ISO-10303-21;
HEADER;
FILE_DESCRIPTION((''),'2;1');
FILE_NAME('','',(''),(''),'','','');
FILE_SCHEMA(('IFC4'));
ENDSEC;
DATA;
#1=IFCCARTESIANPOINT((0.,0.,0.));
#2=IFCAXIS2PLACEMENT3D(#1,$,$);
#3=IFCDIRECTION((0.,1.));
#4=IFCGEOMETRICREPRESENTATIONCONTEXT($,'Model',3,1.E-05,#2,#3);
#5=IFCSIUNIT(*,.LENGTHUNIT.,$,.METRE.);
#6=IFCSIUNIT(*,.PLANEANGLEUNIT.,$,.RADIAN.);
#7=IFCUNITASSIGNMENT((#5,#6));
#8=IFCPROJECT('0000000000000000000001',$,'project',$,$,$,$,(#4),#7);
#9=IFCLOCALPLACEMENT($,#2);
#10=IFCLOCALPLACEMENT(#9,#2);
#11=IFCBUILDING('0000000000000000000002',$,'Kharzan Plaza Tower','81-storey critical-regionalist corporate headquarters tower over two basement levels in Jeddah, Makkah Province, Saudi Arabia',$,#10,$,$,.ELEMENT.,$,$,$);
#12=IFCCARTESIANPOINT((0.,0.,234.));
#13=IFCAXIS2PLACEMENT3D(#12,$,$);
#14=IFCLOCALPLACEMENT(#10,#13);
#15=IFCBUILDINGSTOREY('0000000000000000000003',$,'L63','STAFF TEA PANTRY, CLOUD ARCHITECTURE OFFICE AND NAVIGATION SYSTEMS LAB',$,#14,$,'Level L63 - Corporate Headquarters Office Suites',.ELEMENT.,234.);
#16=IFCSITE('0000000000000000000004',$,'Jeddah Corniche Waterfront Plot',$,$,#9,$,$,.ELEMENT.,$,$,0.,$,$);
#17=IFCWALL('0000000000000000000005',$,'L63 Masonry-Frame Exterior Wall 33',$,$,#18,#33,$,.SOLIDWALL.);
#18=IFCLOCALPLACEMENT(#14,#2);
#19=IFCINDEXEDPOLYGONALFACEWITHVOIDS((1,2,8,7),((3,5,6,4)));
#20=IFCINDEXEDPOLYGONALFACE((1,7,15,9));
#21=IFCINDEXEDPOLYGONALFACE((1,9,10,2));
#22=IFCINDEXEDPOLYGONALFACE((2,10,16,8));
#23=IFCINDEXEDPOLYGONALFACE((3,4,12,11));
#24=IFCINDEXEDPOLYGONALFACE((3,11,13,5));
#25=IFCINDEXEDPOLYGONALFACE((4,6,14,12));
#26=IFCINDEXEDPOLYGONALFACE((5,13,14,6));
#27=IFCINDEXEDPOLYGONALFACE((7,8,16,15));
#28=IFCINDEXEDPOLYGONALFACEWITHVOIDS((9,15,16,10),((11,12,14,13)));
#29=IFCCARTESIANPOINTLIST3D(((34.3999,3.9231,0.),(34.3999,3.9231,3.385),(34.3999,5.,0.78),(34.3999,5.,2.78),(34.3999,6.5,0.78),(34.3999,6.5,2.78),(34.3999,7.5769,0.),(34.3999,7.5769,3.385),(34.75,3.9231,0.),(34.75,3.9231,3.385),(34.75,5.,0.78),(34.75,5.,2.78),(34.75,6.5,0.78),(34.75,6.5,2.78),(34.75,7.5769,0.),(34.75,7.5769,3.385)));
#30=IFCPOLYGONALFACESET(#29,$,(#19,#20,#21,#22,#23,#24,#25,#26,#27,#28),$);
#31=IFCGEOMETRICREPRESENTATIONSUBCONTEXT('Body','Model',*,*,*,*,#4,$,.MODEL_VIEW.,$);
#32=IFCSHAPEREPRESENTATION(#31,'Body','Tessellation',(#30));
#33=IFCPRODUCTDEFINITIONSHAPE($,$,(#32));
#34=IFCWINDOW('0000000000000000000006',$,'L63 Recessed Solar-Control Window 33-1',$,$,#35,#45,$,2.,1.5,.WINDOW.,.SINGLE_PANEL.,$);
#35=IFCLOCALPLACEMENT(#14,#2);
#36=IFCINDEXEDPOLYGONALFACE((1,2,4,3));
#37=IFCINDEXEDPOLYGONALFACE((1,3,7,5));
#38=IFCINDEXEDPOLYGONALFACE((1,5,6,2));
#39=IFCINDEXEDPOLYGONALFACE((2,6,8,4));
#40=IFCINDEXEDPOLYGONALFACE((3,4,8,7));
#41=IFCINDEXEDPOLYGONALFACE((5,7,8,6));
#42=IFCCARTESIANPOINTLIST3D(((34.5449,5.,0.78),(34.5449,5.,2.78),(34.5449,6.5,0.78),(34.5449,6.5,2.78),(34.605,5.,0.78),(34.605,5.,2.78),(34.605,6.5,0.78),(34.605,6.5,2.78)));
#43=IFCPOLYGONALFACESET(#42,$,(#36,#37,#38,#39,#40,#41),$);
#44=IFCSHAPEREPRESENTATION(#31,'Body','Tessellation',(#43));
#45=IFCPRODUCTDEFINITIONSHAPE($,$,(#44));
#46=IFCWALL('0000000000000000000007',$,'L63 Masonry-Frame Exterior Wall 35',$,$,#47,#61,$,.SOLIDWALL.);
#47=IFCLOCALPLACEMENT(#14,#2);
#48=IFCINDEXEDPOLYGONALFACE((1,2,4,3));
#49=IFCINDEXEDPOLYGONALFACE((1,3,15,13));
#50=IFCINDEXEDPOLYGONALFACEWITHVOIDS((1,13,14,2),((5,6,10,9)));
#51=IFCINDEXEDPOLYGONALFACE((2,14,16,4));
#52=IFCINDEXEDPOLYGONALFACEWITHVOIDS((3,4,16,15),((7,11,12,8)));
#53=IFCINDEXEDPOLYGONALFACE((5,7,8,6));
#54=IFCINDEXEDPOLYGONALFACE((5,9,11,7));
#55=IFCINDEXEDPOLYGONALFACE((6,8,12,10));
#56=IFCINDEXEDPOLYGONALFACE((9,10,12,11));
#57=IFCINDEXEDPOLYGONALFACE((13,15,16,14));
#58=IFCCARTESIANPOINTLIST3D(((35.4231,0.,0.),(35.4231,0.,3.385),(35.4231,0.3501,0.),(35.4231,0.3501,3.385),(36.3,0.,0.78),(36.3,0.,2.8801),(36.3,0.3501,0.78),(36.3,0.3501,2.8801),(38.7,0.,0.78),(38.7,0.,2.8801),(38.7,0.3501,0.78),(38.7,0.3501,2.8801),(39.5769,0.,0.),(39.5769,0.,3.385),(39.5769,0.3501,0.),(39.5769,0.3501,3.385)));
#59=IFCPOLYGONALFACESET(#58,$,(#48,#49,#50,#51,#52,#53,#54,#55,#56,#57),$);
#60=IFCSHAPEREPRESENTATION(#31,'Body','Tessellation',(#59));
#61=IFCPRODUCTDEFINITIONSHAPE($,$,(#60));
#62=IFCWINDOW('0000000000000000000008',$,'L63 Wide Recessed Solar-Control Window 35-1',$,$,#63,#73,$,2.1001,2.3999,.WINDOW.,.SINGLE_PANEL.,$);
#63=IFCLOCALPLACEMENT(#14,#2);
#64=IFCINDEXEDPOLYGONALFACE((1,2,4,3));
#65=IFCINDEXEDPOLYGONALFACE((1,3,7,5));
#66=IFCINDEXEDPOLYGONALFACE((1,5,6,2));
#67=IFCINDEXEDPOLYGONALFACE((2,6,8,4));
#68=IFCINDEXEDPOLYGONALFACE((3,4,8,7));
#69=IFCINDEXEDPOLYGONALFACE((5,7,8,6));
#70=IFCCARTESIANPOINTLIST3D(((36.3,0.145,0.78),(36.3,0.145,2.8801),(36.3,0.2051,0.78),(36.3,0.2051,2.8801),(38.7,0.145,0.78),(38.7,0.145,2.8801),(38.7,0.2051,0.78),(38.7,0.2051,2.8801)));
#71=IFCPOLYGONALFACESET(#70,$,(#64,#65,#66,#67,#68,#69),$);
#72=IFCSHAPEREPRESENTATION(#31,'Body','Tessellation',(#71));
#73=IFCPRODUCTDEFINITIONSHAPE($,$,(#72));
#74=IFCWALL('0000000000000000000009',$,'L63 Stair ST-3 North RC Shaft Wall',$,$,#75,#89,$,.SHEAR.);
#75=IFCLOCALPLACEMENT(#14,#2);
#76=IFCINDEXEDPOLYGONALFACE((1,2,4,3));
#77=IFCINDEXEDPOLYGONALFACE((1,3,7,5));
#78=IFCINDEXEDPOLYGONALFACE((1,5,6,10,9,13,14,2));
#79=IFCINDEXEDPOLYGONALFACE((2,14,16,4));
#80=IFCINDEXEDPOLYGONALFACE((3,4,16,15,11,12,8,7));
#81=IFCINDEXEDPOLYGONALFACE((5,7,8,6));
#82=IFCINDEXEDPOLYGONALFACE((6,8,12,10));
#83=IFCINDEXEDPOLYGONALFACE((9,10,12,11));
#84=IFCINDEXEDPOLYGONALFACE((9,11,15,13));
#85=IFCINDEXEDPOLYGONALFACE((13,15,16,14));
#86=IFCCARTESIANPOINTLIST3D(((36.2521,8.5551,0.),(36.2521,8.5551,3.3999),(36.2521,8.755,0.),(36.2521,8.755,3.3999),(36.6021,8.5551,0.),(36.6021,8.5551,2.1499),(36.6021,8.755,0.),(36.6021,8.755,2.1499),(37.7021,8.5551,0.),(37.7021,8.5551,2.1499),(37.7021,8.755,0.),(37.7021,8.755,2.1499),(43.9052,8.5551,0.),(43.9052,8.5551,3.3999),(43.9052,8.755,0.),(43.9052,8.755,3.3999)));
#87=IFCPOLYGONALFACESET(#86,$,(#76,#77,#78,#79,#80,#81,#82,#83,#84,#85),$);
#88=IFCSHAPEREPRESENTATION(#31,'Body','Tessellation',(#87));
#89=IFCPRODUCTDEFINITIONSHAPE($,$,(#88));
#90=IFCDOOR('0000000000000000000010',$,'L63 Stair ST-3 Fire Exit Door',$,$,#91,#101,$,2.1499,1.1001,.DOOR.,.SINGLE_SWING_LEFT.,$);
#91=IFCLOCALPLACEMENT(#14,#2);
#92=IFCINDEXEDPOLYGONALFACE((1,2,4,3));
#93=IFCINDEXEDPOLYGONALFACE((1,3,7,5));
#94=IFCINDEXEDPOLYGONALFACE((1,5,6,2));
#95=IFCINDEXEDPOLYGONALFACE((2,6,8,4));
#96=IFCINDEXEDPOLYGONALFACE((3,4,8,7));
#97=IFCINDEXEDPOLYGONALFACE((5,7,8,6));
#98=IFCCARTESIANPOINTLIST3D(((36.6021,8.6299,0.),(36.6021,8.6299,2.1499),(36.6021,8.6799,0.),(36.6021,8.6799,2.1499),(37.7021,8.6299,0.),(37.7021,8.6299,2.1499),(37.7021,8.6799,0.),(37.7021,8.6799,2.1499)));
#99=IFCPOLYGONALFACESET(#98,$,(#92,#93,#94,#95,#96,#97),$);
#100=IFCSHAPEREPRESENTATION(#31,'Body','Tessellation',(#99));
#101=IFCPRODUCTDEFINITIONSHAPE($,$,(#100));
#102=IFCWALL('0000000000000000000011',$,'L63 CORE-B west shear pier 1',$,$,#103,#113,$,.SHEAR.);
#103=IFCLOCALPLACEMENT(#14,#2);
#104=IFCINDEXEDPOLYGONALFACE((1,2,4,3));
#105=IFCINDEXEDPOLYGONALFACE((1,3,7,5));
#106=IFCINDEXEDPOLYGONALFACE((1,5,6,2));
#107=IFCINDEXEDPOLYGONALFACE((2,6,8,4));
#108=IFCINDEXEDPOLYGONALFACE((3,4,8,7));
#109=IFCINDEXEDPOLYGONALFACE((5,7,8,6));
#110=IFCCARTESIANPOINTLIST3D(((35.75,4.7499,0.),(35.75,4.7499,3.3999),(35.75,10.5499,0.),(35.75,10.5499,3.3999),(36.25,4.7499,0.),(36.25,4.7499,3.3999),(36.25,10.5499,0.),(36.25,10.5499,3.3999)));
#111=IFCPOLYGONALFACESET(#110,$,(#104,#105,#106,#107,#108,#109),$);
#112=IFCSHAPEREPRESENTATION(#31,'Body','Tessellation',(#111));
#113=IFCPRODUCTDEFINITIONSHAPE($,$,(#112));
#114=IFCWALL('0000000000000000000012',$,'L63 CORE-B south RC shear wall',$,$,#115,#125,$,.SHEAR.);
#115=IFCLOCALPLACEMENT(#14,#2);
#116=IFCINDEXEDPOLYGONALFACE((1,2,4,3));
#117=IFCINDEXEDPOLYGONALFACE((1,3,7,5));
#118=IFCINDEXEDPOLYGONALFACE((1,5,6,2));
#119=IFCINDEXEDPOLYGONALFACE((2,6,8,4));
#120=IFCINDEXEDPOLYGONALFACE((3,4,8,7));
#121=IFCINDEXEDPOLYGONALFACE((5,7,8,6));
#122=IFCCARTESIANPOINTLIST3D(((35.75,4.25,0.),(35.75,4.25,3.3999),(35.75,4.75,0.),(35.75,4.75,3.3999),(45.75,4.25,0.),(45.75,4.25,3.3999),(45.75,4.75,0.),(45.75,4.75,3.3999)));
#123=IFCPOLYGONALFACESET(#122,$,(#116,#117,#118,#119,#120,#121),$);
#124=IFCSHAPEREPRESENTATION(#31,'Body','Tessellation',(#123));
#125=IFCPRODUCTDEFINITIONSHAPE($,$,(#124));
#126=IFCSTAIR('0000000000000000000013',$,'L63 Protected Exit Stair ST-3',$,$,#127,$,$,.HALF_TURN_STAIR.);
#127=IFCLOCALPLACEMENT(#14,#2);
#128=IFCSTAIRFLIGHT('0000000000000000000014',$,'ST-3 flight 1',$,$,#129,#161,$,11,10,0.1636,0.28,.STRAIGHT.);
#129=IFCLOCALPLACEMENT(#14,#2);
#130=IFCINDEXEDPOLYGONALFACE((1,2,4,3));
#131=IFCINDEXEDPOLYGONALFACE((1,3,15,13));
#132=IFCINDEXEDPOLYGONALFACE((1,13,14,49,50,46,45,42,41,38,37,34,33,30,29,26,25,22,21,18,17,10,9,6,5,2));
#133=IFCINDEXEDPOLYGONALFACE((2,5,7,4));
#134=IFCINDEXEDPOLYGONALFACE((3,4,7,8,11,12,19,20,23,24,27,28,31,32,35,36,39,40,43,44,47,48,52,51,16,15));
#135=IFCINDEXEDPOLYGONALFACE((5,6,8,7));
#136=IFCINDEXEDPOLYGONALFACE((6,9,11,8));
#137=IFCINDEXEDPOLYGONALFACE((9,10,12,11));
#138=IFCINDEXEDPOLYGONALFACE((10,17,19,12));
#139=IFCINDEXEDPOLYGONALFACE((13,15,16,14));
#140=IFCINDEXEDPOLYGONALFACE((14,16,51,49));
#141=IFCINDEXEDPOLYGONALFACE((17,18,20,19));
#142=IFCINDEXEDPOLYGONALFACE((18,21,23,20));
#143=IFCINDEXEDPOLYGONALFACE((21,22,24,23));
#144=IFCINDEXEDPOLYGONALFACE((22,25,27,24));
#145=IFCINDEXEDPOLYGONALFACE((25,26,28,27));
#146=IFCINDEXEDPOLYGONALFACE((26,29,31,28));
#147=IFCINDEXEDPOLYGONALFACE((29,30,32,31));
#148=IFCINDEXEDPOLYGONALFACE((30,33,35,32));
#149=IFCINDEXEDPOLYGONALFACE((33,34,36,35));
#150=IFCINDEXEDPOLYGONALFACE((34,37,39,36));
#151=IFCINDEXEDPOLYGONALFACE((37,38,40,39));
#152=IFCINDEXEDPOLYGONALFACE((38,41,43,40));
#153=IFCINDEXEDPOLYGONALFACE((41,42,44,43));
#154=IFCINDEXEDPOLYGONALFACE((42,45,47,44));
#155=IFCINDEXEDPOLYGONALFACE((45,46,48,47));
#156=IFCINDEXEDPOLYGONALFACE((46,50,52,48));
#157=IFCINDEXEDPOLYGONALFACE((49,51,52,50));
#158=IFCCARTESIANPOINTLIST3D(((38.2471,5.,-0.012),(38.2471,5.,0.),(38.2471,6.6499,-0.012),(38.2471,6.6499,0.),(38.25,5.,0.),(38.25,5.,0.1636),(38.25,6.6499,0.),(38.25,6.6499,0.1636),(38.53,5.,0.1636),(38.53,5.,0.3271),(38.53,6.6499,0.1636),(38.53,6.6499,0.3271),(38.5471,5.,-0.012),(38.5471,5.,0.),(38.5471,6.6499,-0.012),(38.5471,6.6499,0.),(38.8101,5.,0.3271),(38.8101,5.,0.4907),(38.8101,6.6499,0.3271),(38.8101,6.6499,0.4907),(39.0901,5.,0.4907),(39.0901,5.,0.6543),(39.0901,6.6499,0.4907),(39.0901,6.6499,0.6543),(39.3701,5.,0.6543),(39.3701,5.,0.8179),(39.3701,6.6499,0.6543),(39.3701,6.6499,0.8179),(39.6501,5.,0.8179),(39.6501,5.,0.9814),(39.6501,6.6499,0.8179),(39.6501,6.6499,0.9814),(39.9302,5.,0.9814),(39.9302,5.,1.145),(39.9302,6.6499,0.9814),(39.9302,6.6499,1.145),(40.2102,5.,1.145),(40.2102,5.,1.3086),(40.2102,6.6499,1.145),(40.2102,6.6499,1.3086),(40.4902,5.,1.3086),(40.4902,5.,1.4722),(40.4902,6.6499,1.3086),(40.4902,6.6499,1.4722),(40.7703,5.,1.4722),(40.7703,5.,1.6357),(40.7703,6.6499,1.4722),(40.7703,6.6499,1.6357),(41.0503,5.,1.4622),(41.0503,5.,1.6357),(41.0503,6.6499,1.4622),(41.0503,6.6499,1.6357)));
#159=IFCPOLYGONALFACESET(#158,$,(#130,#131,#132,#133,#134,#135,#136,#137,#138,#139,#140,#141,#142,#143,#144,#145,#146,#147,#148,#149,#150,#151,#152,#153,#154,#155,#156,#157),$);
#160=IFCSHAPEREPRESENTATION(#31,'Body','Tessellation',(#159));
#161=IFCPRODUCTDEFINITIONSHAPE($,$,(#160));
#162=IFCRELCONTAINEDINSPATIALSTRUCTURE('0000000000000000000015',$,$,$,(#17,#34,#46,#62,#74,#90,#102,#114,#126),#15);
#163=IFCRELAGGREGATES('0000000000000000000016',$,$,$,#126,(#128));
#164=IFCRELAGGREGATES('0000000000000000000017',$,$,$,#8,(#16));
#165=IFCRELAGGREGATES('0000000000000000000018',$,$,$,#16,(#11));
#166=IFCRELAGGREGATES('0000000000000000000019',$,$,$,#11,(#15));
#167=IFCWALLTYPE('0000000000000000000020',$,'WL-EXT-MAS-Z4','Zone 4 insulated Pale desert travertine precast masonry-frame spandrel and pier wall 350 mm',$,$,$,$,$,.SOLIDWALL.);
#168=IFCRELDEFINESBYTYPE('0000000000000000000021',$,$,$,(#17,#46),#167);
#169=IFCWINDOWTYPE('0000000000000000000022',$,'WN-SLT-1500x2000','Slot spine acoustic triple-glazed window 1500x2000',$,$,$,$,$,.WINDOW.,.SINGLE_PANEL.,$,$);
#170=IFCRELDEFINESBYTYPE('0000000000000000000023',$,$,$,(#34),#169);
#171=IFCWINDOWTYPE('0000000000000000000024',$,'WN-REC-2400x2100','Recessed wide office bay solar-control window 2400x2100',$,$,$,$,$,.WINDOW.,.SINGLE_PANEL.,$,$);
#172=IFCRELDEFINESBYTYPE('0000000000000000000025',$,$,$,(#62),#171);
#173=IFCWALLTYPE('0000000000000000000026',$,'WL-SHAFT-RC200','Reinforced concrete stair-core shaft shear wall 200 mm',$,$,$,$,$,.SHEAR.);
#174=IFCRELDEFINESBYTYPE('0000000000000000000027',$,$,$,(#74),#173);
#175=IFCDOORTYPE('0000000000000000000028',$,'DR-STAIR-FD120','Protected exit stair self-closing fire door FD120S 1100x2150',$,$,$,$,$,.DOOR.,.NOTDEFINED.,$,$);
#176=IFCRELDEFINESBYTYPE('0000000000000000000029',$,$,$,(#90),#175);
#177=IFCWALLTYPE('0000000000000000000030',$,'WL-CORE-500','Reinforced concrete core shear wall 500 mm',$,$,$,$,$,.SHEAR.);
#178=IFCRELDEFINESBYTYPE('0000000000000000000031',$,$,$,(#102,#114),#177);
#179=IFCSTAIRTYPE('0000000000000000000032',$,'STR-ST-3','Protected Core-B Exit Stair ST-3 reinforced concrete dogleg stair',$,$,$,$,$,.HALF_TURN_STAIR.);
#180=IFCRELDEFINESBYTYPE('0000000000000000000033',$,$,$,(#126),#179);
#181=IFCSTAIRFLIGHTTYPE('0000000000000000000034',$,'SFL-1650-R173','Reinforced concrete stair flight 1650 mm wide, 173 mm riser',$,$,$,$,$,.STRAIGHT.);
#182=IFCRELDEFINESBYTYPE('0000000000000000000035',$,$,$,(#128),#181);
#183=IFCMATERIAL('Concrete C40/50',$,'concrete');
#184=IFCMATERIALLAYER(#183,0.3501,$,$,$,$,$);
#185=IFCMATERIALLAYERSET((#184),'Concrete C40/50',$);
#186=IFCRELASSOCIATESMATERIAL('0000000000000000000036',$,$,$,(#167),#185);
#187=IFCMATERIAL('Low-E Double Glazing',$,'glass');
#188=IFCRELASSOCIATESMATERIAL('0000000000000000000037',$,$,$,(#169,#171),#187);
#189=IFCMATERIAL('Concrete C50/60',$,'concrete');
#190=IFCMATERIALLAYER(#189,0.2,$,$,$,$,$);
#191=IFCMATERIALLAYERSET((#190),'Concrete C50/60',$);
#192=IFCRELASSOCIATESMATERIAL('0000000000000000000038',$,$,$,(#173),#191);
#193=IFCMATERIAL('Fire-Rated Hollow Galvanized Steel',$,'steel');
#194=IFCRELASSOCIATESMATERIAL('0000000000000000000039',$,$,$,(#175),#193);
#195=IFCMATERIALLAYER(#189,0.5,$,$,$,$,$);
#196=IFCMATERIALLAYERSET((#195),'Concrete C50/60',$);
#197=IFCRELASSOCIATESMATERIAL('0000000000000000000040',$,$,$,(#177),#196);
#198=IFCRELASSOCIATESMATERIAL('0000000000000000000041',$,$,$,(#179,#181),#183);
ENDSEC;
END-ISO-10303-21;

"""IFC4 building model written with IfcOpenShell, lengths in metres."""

from ifc_helpers import new_model, si_unit, direction, frame, frame_2d, origin, place, context, subcontext, project, spatial, polyline, rectangle, outline, extrude, source, transform, mapped, material, layer, layer_set, type_object, element, fill, aggregate, save


model = new_model("IFC4")

# Units and contexts
model_context = context("Model", 3, precision=1e-05, world=origin(), true_north=direction((0.0, 1.0)))
body_context = subcontext(model_context, "Body", "Model", "MODEL_VIEW")
ifc_project = project(units=[si_unit("LENGTHUNIT", "METRE"), si_unit("PLANEANGLEUNIT", "RADIAN")], contexts=[model_context])

# Site, building, storey
site_placement = place(None, origin())
site = spatial("IfcSite", under=ifc_project, at=site_placement, Name="Jeddah Corniche Waterfront Plot", CompositionType="ELEMENT", RefElevation=0.0)
building_placement = place(site_placement, origin())
building = spatial("IfcBuilding", under=site, at=building_placement, Name="Kharzan Plaza Tower", Description="81-storey critical-regionalist corporate headquarters tower over two basement levels in Jeddah, Makkah Province, Saudi Arabia", CompositionType="ELEMENT")
storey_placement = place(building_placement, frame((0.0, 0.0, 234.0)))
storey = spatial("IfcBuildingStorey", under=building, at=storey_placement, Name="L63", Description="STAFF TEA PANTRY, CLOUD ARCHITECTURE OFFICE AND NAVIGATION SYSTEMS LAB", LongName="Level L63 - Corporate Headquarters Office Suites", CompositionType="ELEMENT", Elevation=234.0)

# Shared definitions
ifc_material_1 = material(Name="Concrete C50/60", Category="concrete")

# Walls, openings, windows
ifc_material_2 = material(Name="Concrete C40/50", Category="concrete")
ifc_layer_1 = layer(ifc_material_2, 0.3501)
ifc_layer_set_1 = layer_set([ifc_layer_1], Name="Concrete C40/50")
wall_type_1 = type_object("IfcWallType", Name="WL-EXT-MAS-Z4", Description="Zone 4 insulated Pale desert travertine precast masonry-frame spandrel and pier wall 350 mm", PredefinedType="SOLIDWALL", material=ifc_layer_set_1)
wall_1_placement = place(storey_placement, frame((34.575, 7.5769, 0.0), z_axis=(0.0, 0.0, 1.0), x_axis=(0.0, -1.0, 0.0)))
wall_1 = element("IfcWall", 1, at=wall_1_placement, inside=storey, type_object=wall_type_1, Name="L63 Masonry-Frame Exterior Wall 33", PredefinedType="SOLIDWALL", context=body_context, shape_type="SweptSolid", body=[
    extrude(rectangle(XDim=3.6538, YDim=0.3501, at=frame_2d((1.8269, 0.0))), origin(), (0.0, 0.0, 1.0), 3.385),
])
opening_1_placement = place(wall_1_placement, frame((1.0769, 0.0, 0.78)))
opening_1 = element("IfcOpeningElement", 2, at=opening_1_placement, cuts=wall_1, PredefinedType="OPENING", context=body_context, shape_type="SweptSolid", body=[
    extrude(rectangle(XDim=1.5, YDim=2.0, at=frame_2d((0.75, 1.0))), frame((0.0, 0.1851, 0.0), z_axis=(0.0, -1.0, 0.0), x_axis=(1.0, 0.0, 0.0)), (0.0, 0.0, 1.0), 0.3701),
])
ifc_material_3 = material(Name="Low-E Double Glazing", Category="glass")
window_type_1 = type_object("IfcWindowType", Name="WN-SLT-1500x2000", Description="Slot spine acoustic triple-glazed window 1500x2000", PartitioningType="SINGLE_PANEL", PredefinedType="WINDOW", material=ifc_material_3)
shared_shape_1 = source(origin(), body_context, "Body", "SweptSolid", [
    extrude(rectangle(XDim=1.5, YDim=2.0, at=frame_2d((0.75, 1.0))), frame((0.0, 0.03, 0.0), z_axis=(0.0, -1.0, 0.0), x_axis=(1.0, 0.0, 0.0)), (0.0, 0.0, 1.0), 0.0601),
])
window_1_placement = place(opening_1_placement, origin())
window_1 = element("IfcWindow", 3, at=window_1_placement, inside=storey, type_object=window_type_1, Name="L63 Recessed Solar-Control Window 33-1", OverallHeight=2.0, OverallWidth=1.5, PartitioningType="SINGLE_PANEL", PredefinedType="WINDOW", context=body_context, shape_type="MappedRepresentation", body=[
    mapped(shared_shape_1, transform((0.0, 0.0, 0.0), x_axis=(1.0, 0.0, 0.0), y_axis=(0.0, 1.0, 0.0), z_axis=(0.0, 0.0, 1.0))),
])
fill(opening_1, window_1)
wall_2_placement = place(storey_placement, frame((35.4231, 0.175, 0.0), z_axis=(0.0, 0.0, 1.0), x_axis=(1.0, 0.0, 0.0)))
wall_2 = element("IfcWall", 4, at=wall_2_placement, inside=storey, type_object=wall_type_1, Name="L63 Masonry-Frame Exterior Wall 35", PredefinedType="SOLIDWALL", context=body_context, shape_type="SweptSolid", body=[
    extrude(rectangle(XDim=4.1538, YDim=0.3501, at=frame_2d((2.0769, 0.0))), origin(), (0.0, 0.0, 1.0), 3.385),
])
opening_2_placement = place(wall_2_placement, frame((0.877, 0.0, 0.78)))
opening_2 = element("IfcOpeningElement", 5, at=opening_2_placement, cuts=wall_2, PredefinedType="OPENING", context=body_context, shape_type="SweptSolid", body=[
    extrude(rectangle(XDim=2.3999, YDim=2.1001, at=frame_2d((1.2, 1.05))), frame((0.0, 0.1851, 0.0), z_axis=(0.0, -1.0, 0.0), x_axis=(1.0, 0.0, 0.0)), (0.0, 0.0, 1.0), 0.3701),
])
window_type_2 = type_object("IfcWindowType", Name="WN-REC-2400x2100", Description="Recessed wide office bay solar-control window 2400x2100", PartitioningType="SINGLE_PANEL", PredefinedType="WINDOW", material=ifc_material_3)
shared_shape_2 = source(origin(), body_context, "Body", "SweptSolid", [
    extrude(rectangle(XDim=2.3999, YDim=2.1001, at=frame_2d((1.2, 1.05))), frame((0.0, 0.03, 0.0), z_axis=(0.0, -1.0, 0.0), x_axis=(1.0, 0.0, 0.0)), (0.0, 0.0, 1.0), 0.0601),
])
window_2_placement = place(opening_2_placement, origin())
window_2 = element("IfcWindow", 6, at=window_2_placement, inside=storey, type_object=window_type_2, Name="L63 Wide Recessed Solar-Control Window 35-1", OverallHeight=2.1001, OverallWidth=2.3999, PartitioningType="SINGLE_PANEL", PredefinedType="WINDOW", context=body_context, shape_type="MappedRepresentation", body=[
    mapped(shared_shape_2, transform((0.0, 0.0, 0.0), x_axis=(1.0, 0.0, 0.0), y_axis=(0.0, 1.0, 0.0), z_axis=(0.0, 0.0, 1.0))),
])
fill(opening_2, window_2)

# Wall, opening, door
ifc_layer_2 = layer(ifc_material_1, 0.2)
ifc_layer_set_2 = layer_set([ifc_layer_2], Name="Concrete C50/60")
wall_type_2 = type_object("IfcWallType", Name="WL-SHAFT-RC200", Description="Reinforced concrete stair-core shaft shear wall 200 mm", PredefinedType="SHEAR", material=ifc_layer_set_2)
wall_3_placement = place(storey_placement, frame((36.252, 8.655, 0.0), z_axis=(0.0, 0.0, 1.0), x_axis=(1.0, 0.0, 0.0)))
wall_3 = element("IfcWall", 7, at=wall_3_placement, inside=storey, type_object=wall_type_2, Name="L63 Stair ST-3 North RC Shaft Wall", PredefinedType="SHEAR", context=body_context, shape_type="SweptSolid", body=[
    extrude(rectangle(XDim=7.6531, YDim=0.2, at=frame_2d((3.8267, 0.0))), origin(), (0.0, 0.0, 1.0), 3.3999),
])
opening_3_placement = place(wall_3_placement, frame((0.3501, 0.0, 0.0)))
opening_3 = element("IfcOpeningElement", 8, at=opening_3_placement, cuts=wall_3, PredefinedType="OPENING", context=body_context, shape_type="SweptSolid", body=[
    extrude(rectangle(XDim=1.1001, YDim=2.1499, at=frame_2d((0.55, 1.075))), frame((0.0, 0.1099, 0.0), z_axis=(0.0, -1.0, 0.0), x_axis=(1.0, 0.0, 0.0)), (0.0, 0.0, 1.0), 0.22),
])
ifc_material_4 = material(Name="Fire-Rated Hollow Galvanized Steel", Category="steel")
door_type = type_object("IfcDoorType", Name="DR-STAIR-FD120", Description="Protected exit stair self-closing fire door FD120S 1100x2150", OperationType="NOTDEFINED", PredefinedType="DOOR", material=ifc_material_4)
shared_shape_3 = source(origin(), body_context, "Body", "SweptSolid", [
    extrude(rectangle(XDim=1.1001, YDim=2.1499, at=frame_2d((0.55, 1.075))), frame((0.0, 0.0249, 0.0), z_axis=(0.0, -1.0, 0.0), x_axis=(1.0, 0.0, 0.0)), (0.0, 0.0, 1.0), 0.05),
])
door_placement = place(opening_3_placement, origin())
door = element("IfcDoor", 9, at=door_placement, inside=storey, type_object=door_type, Name="L63 Stair ST-3 Fire Exit Door", OperationType="SINGLE_SWING_LEFT", OverallHeight=2.1499, OverallWidth=1.1001, PredefinedType="DOOR", context=body_context, shape_type="MappedRepresentation", body=[
    mapped(shared_shape_3, transform((0.0, 0.0, 0.0), x_axis=(1.0, 0.0, 0.0), y_axis=(0.0, 1.0, 0.0), z_axis=(0.0, 0.0, 1.0))),
])
fill(opening_3, door)

# Walls
ifc_layer_3 = layer(ifc_material_1, 0.5)
ifc_layer_set_3 = layer_set([ifc_layer_3], Name="Concrete C50/60")
wall_type_3 = type_object("IfcWallType", Name="WL-CORE-500", Description="Reinforced concrete core shear wall 500 mm", PredefinedType="SHEAR", material=ifc_layer_set_3)
shared_shape_4 = source(origin(), body_context, "Body", "SweptSolid", [
    extrude(rectangle(XDim=5.8, YDim=0.5, at=frame_2d((2.8999, 0.0))), origin(), (0.0, 0.0, 1.0), 3.3999),
])
wall_4_placement = place(storey_placement, frame((36.0, 4.75, 0.0), z_axis=(0.0, 0.0, 1.0), x_axis=(0.0, 1.0, 0.0)))
element("IfcWall", 10, at=wall_4_placement, inside=storey, type_object=wall_type_3, Name="L63 CORE-B west shear pier 1", PredefinedType="SHEAR", context=body_context, shape_type="MappedRepresentation", body=[
    mapped(shared_shape_4, transform((0.0, 0.0, 0.0), x_axis=(1.0, 0.0, 0.0), y_axis=(0.0, 1.0, 0.0), z_axis=(0.0, 0.0, 1.0))),
])
shared_shape_5 = source(origin(), body_context, "Body", "SweptSolid", [
    extrude(rectangle(XDim=10.0, YDim=0.5, at=frame_2d((5.0, 0.0))), origin(), (0.0, 0.0, 1.0), 3.3999),
])
wall_5_placement = place(storey_placement, frame((35.75, 4.5, 0.0), z_axis=(0.0, 0.0, 1.0), x_axis=(1.0, 0.0, 0.0)))
element("IfcWall", 11, at=wall_5_placement, inside=storey, type_object=wall_type_3, Name="L63 CORE-B south RC shear wall", PredefinedType="SHEAR", context=body_context, shape_type="MappedRepresentation", body=[
    mapped(shared_shape_5, transform((0.0, 0.0, 0.0), x_axis=(1.0, 0.0, 0.0), y_axis=(0.0, 1.0, 0.0), z_axis=(0.0, 0.0, 1.0))),
])

# Stair, stair flight
stair_type = type_object("IfcStairType", Name="STR-ST-3", Description="Protected Core-B Exit Stair ST-3 reinforced concrete dogleg stair", PredefinedType="HALF_TURN_STAIR", material=ifc_material_2)
stair_placement = place(storey_placement, origin())
stair = element("IfcStair", 12, at=stair_placement, inside=storey, type_object=stair_type, Name="L63 Protected Exit Stair ST-3", PredefinedType="HALF_TURN_STAIR")
stair_flight_type = type_object("IfcStairFlightType", Name="SFL-1650-R173", Description="Reinforced concrete stair flight 1650 mm wide, 173 mm riser", PredefinedType="STRAIGHT", material=ifc_material_2)
shared_shape_6 = source(origin(), body_context, "Body", "SweptSolid", [
    extrude(outline(polyline([(-0.0029, -0.012), (-0.0029, 0.0), (0.0, 0.0), (0.0, 0.1636), (0.28, 0.1636), (0.28, 0.3271), (0.5601, 0.3271), (0.5601, 0.4907), (0.8401, 0.4907), (0.8401, 0.6543), (1.1201, 0.6543), (1.1201, 0.8179), (1.4001, 0.8179), (1.4001, 0.9814), (1.6802, 0.9814), (1.6802, 1.145), (1.9602, 1.145), (1.9602, 1.3086), (2.2402, 1.3086), (2.2402, 1.4722), (2.5203, 1.4722), (2.5203, 1.6357), (2.8003, 1.6357), (2.8003, 1.7993), (2.8003, 1.4622), (0.2971, 0.0), (0.2971, -0.012), (-0.0029, -0.012)])), frame((0.0, 0.825, 0.0), z_axis=(0.0, -1.0, 0.0), x_axis=(1.0, 0.0, 0.0)), (0.0, 0.0, 1.0), 1.6499),
])
stair_flight_placement = place(storey_placement, frame((38.25, 5.825, 0.0), z_axis=(0.0, 0.0, 1.0), x_axis=(1.0, 0.0, 0.0)))
stair_flight = element("IfcStairFlight", 13, at=stair_flight_placement, type_object=stair_flight_type, Name="ST-3 flight 1", NumberOfRisers=11, NumberOfTreads=10, PredefinedType="STRAIGHT", RiserHeight=0.1636, TreadLength=0.28, context=body_context, shape_type="MappedRepresentation", body=[
    mapped(shared_shape_6, transform((0.0, 0.0, 0.0), x_axis=(1.0, 0.0, 0.0), y_axis=(0.0, 1.0, 0.0), z_axis=(0.0, 0.0, 1.0))),
])
aggregate(stair, [stair_flight])

save(model, "model.ifc")
